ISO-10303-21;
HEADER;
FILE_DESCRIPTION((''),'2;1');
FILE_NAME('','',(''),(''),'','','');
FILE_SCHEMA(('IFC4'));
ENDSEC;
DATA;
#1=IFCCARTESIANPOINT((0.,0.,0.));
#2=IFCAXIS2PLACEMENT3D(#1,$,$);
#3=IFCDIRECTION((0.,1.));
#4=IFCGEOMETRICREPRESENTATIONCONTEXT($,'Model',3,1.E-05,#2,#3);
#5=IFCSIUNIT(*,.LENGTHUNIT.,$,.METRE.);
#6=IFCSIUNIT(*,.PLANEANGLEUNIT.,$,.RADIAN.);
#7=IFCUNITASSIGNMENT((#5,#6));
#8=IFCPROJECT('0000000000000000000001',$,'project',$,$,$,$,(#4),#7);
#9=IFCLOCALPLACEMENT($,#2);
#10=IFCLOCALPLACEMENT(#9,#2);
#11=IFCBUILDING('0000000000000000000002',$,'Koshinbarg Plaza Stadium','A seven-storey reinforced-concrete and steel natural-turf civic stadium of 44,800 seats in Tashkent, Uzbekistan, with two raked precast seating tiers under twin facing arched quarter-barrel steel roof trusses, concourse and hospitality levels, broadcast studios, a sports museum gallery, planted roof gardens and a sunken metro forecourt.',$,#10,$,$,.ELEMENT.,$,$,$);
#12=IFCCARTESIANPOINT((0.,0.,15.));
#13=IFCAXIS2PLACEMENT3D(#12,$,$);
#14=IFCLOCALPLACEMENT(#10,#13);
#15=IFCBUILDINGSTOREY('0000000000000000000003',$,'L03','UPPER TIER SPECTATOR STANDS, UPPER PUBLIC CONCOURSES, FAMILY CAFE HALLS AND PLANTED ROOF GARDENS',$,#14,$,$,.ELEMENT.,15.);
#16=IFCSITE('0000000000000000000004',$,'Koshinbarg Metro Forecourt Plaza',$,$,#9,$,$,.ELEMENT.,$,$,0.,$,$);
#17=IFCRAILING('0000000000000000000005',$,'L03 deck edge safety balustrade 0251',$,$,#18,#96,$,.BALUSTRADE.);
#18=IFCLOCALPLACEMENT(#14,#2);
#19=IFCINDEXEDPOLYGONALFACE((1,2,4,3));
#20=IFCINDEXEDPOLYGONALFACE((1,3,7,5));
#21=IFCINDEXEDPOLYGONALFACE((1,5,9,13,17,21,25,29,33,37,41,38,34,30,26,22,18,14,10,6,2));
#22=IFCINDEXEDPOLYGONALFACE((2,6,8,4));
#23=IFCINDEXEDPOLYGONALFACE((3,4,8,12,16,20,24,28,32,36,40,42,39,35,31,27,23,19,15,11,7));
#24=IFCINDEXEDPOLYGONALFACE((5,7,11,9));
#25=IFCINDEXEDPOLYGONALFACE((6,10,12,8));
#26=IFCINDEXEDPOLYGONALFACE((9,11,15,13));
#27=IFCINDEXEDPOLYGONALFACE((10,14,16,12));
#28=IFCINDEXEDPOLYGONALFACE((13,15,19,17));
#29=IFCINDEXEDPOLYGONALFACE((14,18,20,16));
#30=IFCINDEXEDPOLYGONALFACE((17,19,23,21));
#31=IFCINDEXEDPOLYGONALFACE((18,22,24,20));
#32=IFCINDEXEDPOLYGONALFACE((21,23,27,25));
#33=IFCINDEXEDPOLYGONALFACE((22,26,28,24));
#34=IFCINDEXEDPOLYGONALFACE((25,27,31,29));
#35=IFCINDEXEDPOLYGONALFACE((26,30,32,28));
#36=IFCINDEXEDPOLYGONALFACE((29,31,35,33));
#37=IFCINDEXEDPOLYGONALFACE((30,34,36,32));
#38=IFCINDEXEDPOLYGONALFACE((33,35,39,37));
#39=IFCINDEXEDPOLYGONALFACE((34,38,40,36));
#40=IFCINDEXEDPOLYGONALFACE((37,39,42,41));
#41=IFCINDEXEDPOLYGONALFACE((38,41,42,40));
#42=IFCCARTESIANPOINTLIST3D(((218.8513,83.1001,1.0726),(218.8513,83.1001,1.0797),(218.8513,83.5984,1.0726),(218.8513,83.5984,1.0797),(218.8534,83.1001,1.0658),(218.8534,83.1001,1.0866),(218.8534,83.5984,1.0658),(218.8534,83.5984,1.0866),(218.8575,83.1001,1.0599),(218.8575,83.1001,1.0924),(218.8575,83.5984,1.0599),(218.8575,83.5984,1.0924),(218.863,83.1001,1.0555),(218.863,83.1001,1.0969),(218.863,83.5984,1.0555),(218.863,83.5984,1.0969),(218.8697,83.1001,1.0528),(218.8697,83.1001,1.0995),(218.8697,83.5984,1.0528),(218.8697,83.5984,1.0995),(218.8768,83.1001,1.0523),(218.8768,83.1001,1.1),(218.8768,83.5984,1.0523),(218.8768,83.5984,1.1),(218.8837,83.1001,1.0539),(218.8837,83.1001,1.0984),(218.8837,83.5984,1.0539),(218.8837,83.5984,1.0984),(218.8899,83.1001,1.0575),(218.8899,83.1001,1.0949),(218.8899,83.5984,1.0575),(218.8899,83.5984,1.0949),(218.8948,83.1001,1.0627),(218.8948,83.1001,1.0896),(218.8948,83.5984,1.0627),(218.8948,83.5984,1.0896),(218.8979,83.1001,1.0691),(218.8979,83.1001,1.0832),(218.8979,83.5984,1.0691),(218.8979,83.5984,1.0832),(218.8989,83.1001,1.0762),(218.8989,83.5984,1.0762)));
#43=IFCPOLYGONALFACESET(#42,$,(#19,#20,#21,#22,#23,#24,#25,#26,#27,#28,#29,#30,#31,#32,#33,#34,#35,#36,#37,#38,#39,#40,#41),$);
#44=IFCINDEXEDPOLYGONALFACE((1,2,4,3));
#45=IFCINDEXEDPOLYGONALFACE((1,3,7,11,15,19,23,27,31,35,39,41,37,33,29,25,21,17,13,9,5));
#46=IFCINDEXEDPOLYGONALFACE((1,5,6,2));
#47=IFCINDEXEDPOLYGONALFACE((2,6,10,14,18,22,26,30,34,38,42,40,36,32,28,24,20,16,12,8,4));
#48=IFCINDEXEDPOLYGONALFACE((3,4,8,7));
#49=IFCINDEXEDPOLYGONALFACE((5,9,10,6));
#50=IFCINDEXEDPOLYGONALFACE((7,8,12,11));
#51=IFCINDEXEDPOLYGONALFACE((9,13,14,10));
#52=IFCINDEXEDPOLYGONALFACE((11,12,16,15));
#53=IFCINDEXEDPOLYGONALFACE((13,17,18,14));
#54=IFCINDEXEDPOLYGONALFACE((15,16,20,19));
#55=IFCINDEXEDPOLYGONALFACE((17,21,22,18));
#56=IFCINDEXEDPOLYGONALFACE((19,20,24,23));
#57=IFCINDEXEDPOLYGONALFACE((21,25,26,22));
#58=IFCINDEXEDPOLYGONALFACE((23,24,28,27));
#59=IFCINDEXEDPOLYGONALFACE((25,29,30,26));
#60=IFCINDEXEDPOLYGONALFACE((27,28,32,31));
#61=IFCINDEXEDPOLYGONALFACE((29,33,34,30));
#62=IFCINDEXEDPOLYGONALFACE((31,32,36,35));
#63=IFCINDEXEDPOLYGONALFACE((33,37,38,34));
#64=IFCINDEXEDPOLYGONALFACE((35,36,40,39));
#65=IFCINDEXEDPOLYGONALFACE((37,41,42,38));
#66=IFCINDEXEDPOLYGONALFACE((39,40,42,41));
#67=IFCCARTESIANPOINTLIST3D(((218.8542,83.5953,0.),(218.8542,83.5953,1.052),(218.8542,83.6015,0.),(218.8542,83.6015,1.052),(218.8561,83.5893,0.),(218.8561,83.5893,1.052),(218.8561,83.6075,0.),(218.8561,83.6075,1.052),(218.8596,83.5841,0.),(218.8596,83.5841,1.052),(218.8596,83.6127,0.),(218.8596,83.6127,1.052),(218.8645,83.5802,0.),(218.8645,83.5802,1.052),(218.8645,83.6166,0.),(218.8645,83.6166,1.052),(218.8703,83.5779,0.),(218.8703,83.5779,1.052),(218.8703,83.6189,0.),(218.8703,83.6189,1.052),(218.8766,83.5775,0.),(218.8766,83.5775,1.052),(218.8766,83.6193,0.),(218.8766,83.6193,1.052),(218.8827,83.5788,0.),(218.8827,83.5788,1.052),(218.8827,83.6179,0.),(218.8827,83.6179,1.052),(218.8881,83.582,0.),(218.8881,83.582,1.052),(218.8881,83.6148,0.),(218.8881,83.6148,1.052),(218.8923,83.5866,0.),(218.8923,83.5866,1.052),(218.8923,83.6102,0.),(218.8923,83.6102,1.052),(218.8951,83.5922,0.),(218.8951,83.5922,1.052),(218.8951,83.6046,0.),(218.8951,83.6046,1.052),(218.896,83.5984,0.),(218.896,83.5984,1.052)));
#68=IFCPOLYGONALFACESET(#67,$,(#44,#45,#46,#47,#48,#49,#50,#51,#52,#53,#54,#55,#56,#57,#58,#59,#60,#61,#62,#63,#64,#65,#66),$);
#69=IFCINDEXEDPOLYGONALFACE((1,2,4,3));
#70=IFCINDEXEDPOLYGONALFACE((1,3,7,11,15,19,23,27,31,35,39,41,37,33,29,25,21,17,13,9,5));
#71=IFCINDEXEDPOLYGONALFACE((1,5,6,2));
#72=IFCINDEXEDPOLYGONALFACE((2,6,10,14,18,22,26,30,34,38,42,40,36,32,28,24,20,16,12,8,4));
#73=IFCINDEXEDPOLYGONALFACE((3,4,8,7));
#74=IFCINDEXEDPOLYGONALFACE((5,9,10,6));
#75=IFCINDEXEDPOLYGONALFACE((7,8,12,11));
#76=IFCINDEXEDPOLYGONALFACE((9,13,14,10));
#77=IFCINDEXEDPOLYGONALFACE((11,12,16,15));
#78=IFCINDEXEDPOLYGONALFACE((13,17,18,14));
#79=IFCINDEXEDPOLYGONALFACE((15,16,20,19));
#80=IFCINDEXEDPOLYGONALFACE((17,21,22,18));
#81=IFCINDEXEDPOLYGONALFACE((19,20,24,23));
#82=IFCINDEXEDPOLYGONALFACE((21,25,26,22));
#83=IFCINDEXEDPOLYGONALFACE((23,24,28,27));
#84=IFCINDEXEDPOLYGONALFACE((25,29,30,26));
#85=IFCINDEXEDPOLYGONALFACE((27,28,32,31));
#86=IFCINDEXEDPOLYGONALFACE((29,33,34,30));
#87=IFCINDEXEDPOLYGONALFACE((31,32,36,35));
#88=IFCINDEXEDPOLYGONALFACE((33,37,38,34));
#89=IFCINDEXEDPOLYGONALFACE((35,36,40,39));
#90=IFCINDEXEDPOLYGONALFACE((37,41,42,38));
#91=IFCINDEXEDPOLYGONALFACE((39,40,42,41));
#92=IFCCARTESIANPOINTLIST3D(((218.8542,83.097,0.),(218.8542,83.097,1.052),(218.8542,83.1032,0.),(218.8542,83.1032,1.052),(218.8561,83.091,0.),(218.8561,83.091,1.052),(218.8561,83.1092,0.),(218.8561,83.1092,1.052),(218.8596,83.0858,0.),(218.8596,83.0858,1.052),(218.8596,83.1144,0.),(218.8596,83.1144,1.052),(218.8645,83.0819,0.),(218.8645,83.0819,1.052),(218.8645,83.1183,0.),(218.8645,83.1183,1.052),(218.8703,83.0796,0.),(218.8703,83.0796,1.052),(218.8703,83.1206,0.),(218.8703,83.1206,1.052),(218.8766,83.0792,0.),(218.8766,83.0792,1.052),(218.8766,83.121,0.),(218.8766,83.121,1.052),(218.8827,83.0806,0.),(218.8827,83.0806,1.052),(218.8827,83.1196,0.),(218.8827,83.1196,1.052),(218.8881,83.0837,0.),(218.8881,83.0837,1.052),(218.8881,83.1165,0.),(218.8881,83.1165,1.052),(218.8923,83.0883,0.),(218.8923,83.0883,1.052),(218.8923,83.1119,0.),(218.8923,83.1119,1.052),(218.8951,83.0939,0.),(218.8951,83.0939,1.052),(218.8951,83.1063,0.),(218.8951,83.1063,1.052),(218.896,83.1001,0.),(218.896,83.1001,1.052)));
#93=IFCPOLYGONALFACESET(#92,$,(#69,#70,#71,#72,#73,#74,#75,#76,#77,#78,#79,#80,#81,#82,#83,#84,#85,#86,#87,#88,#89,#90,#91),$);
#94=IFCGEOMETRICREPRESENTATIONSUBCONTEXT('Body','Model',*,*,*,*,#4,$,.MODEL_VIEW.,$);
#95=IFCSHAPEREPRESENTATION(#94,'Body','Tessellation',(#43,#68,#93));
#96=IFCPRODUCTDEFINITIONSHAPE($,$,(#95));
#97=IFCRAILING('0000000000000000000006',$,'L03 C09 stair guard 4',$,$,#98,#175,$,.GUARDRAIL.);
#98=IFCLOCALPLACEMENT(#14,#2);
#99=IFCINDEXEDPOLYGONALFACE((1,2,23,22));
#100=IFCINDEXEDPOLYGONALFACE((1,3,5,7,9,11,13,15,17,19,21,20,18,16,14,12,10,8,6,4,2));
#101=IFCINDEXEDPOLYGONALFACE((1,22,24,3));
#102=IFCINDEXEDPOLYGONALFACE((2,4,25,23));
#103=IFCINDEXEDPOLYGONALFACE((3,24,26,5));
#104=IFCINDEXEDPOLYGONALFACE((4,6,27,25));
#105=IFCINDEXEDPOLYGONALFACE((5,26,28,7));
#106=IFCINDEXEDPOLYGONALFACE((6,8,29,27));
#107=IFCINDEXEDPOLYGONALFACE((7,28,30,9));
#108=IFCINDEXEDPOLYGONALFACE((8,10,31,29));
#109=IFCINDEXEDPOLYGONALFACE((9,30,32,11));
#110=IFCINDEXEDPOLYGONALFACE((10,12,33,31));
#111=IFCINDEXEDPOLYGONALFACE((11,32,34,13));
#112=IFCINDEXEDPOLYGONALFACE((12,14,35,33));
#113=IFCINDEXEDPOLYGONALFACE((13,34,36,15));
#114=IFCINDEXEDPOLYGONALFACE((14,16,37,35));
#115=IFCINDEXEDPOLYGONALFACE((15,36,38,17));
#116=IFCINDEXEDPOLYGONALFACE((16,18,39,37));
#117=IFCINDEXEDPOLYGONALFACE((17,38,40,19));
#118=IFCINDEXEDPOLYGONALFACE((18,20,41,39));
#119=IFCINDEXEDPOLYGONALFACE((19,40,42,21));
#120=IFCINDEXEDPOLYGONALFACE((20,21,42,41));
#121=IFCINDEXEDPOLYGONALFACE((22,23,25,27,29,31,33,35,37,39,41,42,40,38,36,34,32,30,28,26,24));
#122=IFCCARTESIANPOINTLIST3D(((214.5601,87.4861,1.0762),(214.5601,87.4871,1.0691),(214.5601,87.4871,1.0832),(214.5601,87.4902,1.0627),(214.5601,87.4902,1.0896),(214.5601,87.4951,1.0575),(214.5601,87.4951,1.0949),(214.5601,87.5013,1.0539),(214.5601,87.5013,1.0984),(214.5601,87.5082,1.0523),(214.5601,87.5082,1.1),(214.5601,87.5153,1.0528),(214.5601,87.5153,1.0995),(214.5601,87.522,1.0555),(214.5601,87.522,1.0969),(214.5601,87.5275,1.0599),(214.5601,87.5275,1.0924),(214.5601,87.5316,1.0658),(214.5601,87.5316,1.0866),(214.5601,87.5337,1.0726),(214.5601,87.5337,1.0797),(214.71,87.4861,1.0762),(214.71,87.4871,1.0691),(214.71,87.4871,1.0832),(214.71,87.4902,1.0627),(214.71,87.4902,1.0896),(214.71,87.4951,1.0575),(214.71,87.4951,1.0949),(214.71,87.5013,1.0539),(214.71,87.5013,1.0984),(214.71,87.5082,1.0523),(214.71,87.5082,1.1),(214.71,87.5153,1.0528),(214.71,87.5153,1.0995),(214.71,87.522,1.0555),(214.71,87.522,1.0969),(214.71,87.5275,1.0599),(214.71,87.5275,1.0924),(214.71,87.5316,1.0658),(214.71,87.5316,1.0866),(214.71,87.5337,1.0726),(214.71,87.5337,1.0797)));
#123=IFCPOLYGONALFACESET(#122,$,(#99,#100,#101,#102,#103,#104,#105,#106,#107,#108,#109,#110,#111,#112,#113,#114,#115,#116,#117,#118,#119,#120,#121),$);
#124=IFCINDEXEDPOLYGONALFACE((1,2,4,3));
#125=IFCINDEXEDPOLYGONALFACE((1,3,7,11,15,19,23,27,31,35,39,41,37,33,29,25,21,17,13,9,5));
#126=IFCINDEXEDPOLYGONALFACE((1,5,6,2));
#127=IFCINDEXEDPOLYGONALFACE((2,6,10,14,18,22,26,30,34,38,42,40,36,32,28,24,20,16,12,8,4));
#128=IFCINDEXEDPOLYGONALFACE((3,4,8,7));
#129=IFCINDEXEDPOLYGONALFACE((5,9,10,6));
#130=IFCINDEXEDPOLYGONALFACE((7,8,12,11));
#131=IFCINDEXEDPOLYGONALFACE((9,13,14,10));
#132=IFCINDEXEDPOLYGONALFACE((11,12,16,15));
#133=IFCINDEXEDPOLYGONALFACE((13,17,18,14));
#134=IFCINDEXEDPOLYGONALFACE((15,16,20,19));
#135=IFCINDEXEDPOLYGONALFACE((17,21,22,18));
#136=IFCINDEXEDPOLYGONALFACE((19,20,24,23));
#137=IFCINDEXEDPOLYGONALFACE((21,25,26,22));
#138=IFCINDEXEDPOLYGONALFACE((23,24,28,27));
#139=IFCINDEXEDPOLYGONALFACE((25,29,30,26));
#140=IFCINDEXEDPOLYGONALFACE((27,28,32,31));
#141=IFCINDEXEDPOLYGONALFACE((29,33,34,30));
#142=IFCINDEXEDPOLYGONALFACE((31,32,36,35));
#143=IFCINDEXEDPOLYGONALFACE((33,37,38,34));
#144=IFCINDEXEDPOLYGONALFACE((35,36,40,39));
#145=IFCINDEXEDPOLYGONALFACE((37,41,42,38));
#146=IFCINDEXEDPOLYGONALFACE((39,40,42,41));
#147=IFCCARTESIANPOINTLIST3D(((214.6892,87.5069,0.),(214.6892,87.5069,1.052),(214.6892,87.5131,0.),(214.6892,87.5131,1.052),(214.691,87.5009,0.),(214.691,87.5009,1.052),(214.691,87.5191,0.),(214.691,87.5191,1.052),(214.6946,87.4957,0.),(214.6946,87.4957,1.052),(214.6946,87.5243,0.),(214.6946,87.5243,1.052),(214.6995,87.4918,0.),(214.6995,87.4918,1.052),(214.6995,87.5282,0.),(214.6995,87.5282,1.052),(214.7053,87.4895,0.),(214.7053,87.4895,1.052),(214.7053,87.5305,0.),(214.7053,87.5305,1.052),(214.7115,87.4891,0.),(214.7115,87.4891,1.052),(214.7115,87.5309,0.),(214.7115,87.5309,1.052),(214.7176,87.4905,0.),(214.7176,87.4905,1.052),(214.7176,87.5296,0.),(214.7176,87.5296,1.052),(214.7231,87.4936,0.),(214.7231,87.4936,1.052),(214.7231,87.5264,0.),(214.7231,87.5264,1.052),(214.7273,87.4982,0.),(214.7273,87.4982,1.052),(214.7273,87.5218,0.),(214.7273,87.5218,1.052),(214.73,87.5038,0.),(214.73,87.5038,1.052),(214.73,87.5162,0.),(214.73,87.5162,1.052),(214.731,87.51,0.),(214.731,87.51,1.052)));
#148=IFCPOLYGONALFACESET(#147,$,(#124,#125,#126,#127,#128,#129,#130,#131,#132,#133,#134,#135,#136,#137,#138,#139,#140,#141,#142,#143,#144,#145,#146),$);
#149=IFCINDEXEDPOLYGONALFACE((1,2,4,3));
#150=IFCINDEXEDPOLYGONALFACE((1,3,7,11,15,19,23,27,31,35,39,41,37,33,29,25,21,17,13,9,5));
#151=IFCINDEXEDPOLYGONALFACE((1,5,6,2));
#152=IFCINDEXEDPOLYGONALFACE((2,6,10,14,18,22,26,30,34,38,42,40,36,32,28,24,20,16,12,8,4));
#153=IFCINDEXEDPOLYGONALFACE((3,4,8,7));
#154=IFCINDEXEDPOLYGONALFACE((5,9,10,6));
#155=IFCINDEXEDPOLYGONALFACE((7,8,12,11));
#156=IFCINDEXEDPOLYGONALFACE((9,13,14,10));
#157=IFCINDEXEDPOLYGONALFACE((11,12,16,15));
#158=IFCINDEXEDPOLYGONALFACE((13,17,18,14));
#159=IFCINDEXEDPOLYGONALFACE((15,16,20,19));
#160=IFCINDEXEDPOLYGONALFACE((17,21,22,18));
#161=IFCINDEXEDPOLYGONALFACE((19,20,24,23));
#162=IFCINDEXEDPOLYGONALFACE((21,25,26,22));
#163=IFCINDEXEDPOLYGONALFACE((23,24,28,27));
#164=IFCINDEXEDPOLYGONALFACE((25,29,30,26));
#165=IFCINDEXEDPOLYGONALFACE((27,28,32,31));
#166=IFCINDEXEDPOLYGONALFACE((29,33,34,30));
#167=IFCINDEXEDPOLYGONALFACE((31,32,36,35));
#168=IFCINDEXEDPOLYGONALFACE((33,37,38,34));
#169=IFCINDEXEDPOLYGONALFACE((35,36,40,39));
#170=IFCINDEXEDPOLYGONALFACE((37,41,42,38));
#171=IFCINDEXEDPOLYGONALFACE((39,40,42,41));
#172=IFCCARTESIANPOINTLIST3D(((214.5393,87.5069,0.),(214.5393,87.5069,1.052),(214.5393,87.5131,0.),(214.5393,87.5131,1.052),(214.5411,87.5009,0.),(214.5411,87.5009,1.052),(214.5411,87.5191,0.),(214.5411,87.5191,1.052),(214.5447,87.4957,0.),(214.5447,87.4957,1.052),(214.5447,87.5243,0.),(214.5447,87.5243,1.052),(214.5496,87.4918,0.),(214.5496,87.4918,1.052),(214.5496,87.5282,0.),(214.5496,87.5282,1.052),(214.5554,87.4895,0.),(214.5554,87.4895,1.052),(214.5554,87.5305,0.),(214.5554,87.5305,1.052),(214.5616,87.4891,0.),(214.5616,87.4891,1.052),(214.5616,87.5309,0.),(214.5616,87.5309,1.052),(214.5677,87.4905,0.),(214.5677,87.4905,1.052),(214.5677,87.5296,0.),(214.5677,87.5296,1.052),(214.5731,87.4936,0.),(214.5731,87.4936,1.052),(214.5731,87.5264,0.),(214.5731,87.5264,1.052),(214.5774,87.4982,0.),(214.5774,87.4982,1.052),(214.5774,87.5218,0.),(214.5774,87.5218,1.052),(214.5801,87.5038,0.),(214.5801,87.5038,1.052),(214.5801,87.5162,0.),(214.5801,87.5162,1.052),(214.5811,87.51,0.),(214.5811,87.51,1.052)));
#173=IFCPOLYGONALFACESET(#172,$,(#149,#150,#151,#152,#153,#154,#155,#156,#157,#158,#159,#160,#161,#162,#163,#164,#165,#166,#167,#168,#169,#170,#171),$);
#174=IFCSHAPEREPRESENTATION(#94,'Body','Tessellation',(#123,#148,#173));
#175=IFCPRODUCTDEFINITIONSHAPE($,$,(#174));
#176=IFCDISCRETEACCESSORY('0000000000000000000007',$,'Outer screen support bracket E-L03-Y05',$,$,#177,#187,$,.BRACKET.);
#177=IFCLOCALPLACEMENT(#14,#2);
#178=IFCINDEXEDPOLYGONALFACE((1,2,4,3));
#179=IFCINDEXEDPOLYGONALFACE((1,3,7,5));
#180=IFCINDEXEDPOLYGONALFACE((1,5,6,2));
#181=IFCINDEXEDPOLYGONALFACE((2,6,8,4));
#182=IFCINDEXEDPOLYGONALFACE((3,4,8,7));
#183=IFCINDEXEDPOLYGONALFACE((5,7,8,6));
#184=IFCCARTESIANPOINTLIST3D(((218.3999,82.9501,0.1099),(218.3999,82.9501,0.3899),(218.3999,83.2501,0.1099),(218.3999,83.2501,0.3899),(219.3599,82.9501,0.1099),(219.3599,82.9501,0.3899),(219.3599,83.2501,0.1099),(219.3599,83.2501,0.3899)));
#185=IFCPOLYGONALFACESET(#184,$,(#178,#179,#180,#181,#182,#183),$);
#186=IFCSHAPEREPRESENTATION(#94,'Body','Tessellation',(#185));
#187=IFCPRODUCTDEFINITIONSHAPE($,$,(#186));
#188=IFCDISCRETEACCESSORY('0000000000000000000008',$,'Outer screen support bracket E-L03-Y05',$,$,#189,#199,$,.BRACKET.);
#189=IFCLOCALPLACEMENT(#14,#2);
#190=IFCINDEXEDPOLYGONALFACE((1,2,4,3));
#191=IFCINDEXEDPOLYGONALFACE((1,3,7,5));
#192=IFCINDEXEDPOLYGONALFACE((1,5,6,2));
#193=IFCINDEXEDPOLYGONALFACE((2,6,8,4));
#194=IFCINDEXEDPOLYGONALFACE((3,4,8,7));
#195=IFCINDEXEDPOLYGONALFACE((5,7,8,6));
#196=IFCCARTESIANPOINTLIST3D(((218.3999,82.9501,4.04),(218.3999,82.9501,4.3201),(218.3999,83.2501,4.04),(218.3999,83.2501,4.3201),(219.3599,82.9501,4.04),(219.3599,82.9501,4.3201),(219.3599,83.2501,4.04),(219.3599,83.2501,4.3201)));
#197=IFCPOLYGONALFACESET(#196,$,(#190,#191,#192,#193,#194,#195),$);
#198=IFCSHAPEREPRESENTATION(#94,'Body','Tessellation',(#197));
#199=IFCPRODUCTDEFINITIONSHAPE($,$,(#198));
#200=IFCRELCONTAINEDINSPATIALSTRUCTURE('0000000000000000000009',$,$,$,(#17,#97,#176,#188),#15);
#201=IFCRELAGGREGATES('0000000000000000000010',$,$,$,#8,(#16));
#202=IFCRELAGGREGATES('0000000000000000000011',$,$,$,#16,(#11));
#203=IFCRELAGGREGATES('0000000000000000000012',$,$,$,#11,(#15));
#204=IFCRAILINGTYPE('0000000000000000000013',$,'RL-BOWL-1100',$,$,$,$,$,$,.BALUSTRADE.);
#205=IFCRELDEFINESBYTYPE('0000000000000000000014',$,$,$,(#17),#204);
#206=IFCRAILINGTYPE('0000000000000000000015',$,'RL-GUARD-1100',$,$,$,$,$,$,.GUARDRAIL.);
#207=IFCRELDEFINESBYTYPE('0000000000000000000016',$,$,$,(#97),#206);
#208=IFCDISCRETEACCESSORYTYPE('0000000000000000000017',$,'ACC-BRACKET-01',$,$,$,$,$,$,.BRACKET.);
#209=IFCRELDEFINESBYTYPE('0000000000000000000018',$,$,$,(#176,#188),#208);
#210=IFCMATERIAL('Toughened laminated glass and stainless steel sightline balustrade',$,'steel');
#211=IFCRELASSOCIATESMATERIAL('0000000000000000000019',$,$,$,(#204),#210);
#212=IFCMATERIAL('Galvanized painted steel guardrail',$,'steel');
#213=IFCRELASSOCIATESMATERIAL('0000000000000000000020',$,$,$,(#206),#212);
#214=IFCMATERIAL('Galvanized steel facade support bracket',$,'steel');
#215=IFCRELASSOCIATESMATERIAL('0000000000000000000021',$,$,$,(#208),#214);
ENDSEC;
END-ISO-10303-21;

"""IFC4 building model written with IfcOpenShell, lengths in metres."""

from ifc_helpers import new_model, si_unit, direction, frame, origin, origin_2d, place, context, subcontext, project, spatial, rectangle, circle, extrude, material, type_object, element, save


model = new_model("IFC4")

# Units and contexts
model_context = context("Model", 3, precision=1e-05, world=origin(), true_north=direction((0.0, 1.0)))
body_context = subcontext(model_context, "Body", "Model", "MODEL_VIEW")
ifc_project = project(units=[si_unit("LENGTHUNIT", "METRE"), si_unit("PLANEANGLEUNIT", "RADIAN")], contexts=[model_context])

# Site, building, storey
site_placement = place(None, origin())
site = spatial("IfcSite", under=ifc_project, at=site_placement, Name="Koshinbarg Metro Forecourt Plaza", CompositionType="ELEMENT", RefElevation=0.0)
building_placement = place(site_placement, origin())
building = spatial("IfcBuilding", under=site, at=building_placement, Name="Koshinbarg Plaza Stadium", Description="A seven-storey reinforced-concrete and steel natural-turf civic stadium of 44,800 seats in Tashkent, Uzbekistan, with two raked precast seating tiers under twin facing arched quarter-barrel steel roof trusses, concourse and hospitality levels, broadcast studios, a sports museum gallery, planted roof gardens and a sunken metro forecourt.", CompositionType="ELEMENT")
storey_placement = place(building_placement, frame((0.0, 0.0, 15.0)))
storey = spatial("IfcBuildingStorey", under=building, at=storey_placement, Name="L03", Description="UPPER TIER SPECTATOR STANDS, UPPER PUBLIC CONCOURSES, FAMILY CAFE HALLS AND PLANTED ROOF GARDENS", CompositionType="ELEMENT", Elevation=15.0)

# Railings
ifc_material_1 = material(Name="Toughened laminated glass and stainless steel sightline balustrade", Category="steel")
railing_type_1 = type_object("IfcRailingType", Name="RL-BOWL-1100", PredefinedType="BALUSTRADE", material=ifc_material_1)
railing_1_placement = place(storey_placement, frame((218.875, 83.5984, 0.0)))
element("IfcRailing", 1, at=railing_1_placement, inside=storey, type_object=railing_type_1, Name="L03 deck edge safety balustrade 0251", PredefinedType="BALUSTRADE", context=body_context, shape_type="SweptSolid", body=[
    extrude(circle(Radius=0.0239, at=origin_2d()), frame((0.0, 0.0, 1.0762), z_axis=(0.0, -1.0, 0.0), x_axis=(1.0, 0.0, 0.0)), (0.0, 0.0, 1.0), 0.4983),
    extrude(circle(Radius=0.021, at=origin_2d()), origin(), (0.0, 0.0, 1.0), 1.052),
    extrude(circle(Radius=0.021, at=origin_2d()), frame((0.0, -0.4983, 0.0)), (0.0, 0.0, 1.0), 1.052),
])
ifc_material_2 = material(Name="Galvanized painted steel guardrail", Category="steel")
railing_type_2 = type_object("IfcRailingType", Name="RL-GUARD-1100", PredefinedType="GUARDRAIL", material=ifc_material_2)
railing_2_placement = place(storey_placement, frame((214.71, 87.51, 0.0)))
element("IfcRailing", 2, at=railing_2_placement, inside=storey, type_object=railing_type_2, Name="L03 C09 stair guard 4", PredefinedType="GUARDRAIL", context=body_context, shape_type="SweptSolid", body=[
    extrude(circle(Radius=0.0239, at=origin_2d()), frame((0.0, 0.0, 1.0762), z_axis=(-1.0, 0.0, 0.0), x_axis=(0.0, -1.0, 0.0)), (0.0, 0.0, 1.0), 0.1499),
    extrude(circle(Radius=0.021, at=origin_2d()), origin(), (0.0, 0.0, 1.0), 1.052),
    extrude(circle(Radius=0.021, at=origin_2d()), frame((-0.1499, 0.0, 0.0)), (0.0, 0.0, 1.0), 1.052),
])

# Discrete accessories
ifc_material_3 = material(Name="Galvanized steel facade support bracket", Category="steel")
discrete_accessory_type = type_object("IfcDiscreteAccessoryType", Name="ACC-BRACKET-01", PredefinedType="BRACKET", material=ifc_material_3)
for number, where, z_axis, x_axis, name in (
    (3, (218.8799, 83.1001, 0.1099), (0.0, 0.0, 1.0), (1.0, 0.0, 0.0), "Outer screen support bracket E-L03-Y05"),
    (4, (218.8799, 83.1001, 4.04), (0.0, 0.0, 1.0), (1.0, 0.0, 0.0), "Outer screen support bracket E-L03-Y05"),
):
    element("IfcDiscreteAccessory", number, at=place(storey_placement, frame(where, z_axis=z_axis, x_axis=x_axis)), inside=storey, type_object=discrete_accessory_type, Name=name, PredefinedType="BRACKET", context=body_context, shape_type="SweptSolid", body=[
        extrude(rectangle(XDim=0.96, YDim=0.3, at=origin_2d()), origin(), (0.0, 0.0, 1.0), 0.28),
    ])

save(model, "model.ifc")
